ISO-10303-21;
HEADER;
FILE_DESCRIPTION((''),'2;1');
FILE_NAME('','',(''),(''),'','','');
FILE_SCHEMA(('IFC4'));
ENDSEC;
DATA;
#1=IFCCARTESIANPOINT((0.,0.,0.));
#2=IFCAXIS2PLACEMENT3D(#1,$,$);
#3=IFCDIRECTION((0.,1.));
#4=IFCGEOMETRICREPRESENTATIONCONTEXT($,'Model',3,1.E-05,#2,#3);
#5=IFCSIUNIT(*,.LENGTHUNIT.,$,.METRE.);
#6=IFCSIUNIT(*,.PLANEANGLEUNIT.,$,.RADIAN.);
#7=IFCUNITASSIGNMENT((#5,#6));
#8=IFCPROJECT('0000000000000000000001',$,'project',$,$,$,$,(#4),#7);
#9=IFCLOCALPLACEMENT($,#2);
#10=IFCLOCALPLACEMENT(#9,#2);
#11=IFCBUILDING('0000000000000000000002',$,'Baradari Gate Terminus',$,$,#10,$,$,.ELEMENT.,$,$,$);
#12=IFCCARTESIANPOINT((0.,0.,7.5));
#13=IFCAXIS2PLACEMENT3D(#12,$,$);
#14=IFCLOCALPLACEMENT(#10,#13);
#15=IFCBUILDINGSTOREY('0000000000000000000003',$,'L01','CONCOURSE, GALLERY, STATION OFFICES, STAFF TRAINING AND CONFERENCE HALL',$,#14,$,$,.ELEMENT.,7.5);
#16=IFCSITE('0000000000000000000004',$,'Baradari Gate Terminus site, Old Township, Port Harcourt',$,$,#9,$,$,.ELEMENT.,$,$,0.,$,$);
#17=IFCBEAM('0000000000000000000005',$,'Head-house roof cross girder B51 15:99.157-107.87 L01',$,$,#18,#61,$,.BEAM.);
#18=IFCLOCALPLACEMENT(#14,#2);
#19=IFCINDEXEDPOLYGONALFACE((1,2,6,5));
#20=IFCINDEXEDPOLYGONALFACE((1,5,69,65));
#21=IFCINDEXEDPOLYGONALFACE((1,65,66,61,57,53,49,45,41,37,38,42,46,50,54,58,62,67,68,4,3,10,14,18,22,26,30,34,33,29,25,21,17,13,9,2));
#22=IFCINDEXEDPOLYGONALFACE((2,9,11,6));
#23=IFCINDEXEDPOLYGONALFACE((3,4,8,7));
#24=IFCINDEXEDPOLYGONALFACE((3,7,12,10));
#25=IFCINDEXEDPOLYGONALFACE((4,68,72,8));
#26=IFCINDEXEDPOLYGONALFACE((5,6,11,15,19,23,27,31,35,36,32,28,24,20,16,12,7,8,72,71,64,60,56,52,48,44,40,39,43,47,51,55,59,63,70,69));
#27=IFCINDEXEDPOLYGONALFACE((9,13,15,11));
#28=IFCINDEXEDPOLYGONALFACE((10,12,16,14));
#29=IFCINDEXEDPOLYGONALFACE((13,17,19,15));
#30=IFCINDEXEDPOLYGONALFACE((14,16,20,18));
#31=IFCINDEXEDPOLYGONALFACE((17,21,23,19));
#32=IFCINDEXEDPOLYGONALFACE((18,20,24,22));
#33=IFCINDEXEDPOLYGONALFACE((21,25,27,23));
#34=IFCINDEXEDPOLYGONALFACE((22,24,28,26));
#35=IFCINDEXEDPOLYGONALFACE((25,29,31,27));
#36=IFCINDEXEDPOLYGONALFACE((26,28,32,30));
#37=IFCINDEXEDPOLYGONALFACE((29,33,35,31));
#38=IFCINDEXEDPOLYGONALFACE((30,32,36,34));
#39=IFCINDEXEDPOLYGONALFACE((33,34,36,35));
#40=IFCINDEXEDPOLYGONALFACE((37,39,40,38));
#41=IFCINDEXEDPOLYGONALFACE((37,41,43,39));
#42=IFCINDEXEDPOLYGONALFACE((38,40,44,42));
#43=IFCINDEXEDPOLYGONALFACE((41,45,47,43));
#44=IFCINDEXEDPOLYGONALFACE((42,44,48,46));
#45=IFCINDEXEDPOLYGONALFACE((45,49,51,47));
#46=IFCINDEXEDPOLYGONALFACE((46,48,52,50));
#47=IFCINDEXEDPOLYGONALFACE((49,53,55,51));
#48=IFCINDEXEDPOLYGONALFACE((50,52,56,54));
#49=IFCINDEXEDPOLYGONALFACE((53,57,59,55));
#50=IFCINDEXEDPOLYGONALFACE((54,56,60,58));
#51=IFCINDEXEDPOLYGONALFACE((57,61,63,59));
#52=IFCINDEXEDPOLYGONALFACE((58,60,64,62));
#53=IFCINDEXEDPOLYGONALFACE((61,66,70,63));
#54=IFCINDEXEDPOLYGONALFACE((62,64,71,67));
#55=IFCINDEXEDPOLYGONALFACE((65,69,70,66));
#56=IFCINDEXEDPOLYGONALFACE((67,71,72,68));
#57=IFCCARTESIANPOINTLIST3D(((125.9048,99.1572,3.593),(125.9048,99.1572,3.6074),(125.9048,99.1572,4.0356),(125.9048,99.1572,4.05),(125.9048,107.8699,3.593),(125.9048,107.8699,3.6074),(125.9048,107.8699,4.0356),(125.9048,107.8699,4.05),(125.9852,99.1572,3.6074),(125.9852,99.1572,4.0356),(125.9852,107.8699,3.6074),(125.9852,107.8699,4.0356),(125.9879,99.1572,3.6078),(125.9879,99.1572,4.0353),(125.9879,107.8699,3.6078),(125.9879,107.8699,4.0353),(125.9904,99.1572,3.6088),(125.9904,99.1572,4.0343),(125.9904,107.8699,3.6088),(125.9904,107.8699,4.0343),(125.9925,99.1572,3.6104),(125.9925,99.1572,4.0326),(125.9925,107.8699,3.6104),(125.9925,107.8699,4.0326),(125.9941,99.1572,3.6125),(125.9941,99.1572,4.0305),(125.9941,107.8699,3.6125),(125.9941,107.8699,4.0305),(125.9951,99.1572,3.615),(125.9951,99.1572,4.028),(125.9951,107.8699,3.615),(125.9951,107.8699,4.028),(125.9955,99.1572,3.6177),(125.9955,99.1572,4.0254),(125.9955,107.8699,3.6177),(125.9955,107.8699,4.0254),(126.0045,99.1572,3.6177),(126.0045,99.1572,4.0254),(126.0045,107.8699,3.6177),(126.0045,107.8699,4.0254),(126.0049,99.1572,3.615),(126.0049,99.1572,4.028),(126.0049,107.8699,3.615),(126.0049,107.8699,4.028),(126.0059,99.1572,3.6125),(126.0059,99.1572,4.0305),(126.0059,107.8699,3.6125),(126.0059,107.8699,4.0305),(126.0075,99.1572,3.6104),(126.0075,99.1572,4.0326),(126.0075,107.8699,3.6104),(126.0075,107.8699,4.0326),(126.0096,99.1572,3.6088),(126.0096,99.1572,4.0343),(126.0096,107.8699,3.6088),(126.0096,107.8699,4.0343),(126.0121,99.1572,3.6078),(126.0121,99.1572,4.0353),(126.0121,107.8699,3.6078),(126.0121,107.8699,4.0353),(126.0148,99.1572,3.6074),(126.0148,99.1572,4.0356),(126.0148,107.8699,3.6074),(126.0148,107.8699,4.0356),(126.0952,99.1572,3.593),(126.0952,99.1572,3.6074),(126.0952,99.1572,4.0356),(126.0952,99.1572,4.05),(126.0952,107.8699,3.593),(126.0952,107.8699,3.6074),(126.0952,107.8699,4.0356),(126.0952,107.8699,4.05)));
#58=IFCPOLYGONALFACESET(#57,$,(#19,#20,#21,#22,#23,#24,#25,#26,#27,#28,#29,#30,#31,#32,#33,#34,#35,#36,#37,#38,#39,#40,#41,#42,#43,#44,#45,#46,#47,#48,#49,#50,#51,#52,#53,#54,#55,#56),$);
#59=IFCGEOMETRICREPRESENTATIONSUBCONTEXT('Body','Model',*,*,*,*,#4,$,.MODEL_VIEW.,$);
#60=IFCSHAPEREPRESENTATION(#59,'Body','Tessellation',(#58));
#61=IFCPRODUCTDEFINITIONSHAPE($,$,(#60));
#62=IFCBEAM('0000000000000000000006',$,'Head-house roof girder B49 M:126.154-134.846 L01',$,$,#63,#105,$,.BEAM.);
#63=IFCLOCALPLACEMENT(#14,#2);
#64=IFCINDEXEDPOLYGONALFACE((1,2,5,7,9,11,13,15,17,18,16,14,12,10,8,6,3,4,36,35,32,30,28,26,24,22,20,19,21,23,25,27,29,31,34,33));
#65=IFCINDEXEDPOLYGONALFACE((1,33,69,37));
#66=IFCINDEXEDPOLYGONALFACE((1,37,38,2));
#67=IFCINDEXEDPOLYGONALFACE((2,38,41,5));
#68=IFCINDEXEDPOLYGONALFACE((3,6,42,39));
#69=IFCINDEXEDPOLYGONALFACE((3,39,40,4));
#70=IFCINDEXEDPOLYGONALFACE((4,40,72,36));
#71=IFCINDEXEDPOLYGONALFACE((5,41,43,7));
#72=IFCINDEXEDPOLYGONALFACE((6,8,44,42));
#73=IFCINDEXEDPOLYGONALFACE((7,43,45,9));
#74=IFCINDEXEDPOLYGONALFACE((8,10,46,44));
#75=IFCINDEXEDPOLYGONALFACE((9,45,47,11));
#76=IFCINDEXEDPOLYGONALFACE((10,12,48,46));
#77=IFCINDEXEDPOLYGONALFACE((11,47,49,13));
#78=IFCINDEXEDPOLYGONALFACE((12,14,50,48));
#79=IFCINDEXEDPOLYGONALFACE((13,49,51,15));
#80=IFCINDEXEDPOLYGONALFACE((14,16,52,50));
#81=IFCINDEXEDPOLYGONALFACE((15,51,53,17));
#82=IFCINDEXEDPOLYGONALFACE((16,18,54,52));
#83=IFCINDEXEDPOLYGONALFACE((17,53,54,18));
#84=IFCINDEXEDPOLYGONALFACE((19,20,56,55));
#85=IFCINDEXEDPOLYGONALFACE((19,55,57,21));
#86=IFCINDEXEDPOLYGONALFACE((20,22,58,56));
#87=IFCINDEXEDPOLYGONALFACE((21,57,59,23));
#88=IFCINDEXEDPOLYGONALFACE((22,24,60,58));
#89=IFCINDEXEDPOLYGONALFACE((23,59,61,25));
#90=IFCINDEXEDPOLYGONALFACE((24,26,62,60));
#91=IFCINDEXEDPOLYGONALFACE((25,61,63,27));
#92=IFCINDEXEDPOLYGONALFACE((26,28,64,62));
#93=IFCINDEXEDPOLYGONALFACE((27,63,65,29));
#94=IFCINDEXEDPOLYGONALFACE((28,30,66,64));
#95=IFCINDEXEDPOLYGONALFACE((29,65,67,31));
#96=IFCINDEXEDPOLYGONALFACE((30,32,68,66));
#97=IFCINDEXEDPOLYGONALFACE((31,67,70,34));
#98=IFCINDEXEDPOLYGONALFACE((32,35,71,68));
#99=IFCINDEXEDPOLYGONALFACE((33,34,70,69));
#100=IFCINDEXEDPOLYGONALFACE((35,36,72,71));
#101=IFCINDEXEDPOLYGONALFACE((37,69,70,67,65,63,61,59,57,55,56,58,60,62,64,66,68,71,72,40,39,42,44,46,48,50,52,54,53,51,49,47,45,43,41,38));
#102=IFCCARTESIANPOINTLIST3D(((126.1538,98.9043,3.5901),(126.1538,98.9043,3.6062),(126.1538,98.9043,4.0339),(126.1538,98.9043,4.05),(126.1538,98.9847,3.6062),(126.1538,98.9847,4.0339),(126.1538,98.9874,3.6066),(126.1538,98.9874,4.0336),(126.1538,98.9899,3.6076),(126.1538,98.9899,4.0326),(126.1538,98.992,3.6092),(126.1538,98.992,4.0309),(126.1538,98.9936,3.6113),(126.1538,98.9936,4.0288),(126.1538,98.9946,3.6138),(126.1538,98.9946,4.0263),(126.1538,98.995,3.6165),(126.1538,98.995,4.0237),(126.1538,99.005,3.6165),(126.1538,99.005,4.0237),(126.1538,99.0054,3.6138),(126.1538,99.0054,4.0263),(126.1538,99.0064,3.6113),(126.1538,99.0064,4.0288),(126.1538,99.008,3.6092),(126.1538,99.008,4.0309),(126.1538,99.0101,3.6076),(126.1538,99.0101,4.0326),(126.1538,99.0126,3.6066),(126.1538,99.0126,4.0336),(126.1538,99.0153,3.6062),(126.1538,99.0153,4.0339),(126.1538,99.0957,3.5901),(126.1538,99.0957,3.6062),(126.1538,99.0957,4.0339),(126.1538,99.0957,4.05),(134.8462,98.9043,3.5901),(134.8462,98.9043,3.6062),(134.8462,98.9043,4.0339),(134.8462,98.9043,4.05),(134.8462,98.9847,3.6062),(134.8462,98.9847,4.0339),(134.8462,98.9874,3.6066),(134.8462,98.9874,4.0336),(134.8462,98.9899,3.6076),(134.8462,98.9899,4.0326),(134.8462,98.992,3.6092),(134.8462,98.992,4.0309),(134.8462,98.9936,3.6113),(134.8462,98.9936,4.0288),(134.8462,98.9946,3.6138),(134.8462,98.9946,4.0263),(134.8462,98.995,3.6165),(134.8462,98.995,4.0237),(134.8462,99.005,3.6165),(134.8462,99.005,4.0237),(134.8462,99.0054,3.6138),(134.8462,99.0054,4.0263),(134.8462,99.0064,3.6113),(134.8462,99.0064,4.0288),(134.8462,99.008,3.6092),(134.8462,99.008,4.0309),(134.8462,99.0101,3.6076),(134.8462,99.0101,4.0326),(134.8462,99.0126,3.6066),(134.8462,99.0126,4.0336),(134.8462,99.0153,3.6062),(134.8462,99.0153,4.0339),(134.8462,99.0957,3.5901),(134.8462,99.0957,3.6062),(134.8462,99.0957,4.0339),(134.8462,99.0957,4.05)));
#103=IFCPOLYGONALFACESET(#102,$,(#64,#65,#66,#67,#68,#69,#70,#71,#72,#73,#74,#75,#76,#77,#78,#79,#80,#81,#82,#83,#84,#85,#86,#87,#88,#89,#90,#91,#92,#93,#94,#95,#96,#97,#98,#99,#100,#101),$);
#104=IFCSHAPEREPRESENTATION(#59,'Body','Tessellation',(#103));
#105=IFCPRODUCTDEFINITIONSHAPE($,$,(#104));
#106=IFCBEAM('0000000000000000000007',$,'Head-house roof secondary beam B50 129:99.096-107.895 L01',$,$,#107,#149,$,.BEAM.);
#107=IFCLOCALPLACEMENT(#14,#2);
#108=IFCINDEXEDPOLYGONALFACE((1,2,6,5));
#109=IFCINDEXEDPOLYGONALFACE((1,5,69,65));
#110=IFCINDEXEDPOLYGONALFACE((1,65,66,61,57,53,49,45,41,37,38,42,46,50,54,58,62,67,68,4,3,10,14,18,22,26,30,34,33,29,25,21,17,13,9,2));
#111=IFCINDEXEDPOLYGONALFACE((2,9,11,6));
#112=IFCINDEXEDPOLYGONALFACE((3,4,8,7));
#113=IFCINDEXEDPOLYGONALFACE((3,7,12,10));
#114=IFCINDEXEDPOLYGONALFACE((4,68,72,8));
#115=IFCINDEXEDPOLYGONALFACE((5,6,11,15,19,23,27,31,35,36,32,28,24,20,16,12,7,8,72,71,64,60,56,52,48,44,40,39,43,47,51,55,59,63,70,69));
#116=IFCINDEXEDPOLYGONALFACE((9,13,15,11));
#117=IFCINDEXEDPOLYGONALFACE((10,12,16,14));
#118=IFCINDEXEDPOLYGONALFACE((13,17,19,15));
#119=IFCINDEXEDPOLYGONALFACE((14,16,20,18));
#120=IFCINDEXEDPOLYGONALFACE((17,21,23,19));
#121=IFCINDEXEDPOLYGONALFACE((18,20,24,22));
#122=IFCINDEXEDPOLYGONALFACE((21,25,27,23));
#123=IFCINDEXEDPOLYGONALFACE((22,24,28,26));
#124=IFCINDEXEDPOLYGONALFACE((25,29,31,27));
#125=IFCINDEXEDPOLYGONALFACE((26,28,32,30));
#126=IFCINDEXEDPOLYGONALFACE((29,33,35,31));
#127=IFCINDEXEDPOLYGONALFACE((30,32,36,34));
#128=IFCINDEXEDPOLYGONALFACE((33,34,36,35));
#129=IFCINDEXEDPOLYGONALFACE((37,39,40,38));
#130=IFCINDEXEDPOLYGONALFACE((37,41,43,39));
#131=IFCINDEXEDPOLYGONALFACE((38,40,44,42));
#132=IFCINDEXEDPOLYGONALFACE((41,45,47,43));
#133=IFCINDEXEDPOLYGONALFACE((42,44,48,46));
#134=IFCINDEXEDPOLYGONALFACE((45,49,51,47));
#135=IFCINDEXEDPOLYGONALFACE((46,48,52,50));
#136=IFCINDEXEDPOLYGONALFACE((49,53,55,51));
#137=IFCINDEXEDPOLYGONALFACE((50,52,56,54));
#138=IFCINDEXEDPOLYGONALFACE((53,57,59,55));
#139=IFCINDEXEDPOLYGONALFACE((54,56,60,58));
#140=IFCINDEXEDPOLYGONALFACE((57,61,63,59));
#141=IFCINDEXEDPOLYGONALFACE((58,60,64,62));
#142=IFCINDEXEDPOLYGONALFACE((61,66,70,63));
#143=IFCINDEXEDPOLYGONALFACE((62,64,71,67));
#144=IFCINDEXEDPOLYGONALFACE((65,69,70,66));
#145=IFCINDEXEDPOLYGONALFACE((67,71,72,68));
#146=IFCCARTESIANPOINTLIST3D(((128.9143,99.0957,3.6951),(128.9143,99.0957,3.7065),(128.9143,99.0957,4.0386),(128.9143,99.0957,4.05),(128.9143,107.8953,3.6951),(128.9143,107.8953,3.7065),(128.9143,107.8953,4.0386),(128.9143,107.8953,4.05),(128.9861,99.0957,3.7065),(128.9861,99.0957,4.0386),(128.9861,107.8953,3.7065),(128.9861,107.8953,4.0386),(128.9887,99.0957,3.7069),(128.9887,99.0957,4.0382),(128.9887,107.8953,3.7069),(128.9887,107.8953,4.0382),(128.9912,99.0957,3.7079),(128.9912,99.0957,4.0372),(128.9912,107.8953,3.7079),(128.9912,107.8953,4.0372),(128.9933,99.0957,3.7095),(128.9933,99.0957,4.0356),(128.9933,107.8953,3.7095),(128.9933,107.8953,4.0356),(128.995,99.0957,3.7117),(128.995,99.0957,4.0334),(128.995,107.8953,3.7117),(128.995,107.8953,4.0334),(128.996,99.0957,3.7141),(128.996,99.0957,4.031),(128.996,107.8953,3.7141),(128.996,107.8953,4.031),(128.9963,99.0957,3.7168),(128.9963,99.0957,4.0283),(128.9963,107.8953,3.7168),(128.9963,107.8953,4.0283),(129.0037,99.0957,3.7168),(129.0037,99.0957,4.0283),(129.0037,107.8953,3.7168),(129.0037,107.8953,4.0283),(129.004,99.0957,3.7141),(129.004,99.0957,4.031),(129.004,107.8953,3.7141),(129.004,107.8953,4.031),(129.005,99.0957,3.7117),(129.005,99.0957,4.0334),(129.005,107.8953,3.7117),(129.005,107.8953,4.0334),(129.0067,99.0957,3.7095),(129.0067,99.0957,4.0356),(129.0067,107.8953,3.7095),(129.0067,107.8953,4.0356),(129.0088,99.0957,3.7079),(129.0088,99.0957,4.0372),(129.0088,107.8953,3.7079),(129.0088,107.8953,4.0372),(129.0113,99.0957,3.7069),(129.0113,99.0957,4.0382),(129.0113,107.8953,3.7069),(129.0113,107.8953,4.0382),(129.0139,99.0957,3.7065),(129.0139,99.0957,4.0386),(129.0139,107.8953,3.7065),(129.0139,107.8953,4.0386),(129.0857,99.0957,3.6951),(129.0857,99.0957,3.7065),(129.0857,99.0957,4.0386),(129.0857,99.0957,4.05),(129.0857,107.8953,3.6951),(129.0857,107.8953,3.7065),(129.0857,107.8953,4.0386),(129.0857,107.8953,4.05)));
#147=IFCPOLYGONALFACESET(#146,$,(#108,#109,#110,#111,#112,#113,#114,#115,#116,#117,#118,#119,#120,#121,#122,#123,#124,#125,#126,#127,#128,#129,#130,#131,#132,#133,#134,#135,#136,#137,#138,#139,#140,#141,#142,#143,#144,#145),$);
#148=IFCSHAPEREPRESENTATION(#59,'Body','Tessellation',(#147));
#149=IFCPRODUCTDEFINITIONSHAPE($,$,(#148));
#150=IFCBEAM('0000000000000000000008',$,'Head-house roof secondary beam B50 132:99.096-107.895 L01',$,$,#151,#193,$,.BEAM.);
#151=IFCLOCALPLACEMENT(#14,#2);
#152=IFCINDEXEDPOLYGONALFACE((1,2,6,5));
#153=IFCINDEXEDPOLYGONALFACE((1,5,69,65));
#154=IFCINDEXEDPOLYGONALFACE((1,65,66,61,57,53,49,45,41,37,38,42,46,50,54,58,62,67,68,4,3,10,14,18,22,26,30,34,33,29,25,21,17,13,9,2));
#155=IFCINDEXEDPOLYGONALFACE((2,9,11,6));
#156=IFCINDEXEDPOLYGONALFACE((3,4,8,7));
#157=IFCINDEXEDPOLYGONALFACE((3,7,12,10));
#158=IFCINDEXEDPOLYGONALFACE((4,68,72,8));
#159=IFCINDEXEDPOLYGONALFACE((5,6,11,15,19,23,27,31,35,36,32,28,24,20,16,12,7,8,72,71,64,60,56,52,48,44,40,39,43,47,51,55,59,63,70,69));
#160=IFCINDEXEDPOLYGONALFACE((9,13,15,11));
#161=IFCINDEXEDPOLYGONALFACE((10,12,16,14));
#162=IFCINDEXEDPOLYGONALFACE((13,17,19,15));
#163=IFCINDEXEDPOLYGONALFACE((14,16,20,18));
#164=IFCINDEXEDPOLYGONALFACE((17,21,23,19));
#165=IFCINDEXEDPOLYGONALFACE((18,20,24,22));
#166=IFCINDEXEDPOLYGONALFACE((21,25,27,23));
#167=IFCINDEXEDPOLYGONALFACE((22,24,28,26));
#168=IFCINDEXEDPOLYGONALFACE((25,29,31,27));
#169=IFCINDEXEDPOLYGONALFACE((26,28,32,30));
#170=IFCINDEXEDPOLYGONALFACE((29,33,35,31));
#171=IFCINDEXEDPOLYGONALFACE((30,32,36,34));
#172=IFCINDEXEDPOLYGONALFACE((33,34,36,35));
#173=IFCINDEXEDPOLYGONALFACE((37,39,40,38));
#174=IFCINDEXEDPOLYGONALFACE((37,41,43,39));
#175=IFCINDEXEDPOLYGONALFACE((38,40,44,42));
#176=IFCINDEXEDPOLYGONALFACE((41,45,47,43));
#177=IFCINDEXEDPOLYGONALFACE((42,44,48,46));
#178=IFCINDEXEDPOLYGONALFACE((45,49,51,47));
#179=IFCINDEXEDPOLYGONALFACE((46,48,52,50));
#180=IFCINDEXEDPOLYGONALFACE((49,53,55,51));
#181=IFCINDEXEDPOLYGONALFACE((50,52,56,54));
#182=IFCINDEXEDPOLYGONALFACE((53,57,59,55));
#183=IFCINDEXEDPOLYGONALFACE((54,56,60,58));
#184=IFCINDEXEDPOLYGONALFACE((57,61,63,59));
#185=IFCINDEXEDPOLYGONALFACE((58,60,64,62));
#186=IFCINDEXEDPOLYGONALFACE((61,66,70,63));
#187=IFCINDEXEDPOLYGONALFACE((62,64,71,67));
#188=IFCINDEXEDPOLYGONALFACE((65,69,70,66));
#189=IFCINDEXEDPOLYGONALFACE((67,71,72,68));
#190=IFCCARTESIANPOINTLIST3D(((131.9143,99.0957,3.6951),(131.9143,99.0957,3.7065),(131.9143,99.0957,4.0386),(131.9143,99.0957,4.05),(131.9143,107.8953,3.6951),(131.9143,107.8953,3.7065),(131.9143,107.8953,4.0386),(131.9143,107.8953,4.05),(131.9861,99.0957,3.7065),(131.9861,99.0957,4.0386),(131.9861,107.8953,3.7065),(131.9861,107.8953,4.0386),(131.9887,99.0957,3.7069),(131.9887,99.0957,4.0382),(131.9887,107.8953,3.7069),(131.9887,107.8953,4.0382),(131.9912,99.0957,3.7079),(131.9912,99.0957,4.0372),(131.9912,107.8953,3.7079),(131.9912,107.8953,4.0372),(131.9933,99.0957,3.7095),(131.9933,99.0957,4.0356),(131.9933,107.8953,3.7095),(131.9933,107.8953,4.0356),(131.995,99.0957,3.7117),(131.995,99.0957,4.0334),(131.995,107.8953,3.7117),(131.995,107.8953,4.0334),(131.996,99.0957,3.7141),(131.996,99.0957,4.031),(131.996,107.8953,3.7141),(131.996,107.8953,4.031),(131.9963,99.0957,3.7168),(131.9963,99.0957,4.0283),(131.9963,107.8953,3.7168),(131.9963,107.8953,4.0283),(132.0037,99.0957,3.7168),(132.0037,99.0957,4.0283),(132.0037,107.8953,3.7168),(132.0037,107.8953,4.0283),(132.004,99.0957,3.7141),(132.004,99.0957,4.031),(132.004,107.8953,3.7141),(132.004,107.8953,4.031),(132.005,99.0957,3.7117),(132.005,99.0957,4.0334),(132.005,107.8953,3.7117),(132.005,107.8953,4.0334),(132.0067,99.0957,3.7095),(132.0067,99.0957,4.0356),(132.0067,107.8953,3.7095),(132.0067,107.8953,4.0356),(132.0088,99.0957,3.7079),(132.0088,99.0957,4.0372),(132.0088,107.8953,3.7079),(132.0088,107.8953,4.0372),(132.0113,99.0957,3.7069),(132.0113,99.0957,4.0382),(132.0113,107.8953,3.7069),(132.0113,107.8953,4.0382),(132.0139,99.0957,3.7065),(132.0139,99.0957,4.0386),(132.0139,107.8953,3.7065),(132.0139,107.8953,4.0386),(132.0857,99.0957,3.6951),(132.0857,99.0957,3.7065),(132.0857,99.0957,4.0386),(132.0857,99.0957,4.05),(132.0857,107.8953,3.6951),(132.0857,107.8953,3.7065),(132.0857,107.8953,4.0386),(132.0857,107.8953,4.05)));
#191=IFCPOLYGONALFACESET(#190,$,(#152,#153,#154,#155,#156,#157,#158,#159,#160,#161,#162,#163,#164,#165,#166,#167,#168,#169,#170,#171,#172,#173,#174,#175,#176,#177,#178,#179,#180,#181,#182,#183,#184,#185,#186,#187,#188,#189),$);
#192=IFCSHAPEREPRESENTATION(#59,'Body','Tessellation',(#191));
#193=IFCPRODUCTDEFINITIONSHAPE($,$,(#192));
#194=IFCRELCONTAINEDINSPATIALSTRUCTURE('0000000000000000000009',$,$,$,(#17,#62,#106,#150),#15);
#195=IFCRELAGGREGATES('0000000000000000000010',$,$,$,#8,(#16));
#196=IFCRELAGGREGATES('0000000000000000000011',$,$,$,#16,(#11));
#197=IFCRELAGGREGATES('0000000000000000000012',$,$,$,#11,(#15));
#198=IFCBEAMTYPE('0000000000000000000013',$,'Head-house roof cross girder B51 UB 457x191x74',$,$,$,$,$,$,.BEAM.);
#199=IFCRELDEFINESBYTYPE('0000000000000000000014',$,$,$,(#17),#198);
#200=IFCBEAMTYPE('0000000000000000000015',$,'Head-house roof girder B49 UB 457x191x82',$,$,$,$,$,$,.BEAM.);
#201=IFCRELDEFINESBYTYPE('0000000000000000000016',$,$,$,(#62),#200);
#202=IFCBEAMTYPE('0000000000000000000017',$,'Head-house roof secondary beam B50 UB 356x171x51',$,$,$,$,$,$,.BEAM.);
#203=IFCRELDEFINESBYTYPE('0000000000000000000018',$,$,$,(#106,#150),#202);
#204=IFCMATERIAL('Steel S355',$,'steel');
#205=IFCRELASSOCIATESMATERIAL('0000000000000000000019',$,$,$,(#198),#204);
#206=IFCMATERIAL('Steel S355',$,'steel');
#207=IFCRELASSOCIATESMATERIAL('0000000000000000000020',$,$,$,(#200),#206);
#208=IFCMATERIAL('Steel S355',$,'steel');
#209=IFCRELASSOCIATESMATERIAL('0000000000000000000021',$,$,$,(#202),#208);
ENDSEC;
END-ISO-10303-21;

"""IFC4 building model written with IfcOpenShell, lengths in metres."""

from ifc_helpers import new_model, si_unit, direction, frame, origin, origin_2d, place, context, subcontext, project, spatial, i_section, extrude, material, material_profile, profile_set, type_object, element, save


model = new_model("IFC4")

# Units and contexts
model_context = context("Model", 3, precision=1e-05, world=origin(), true_north=direction((0.0, 1.0)))
body_context = subcontext(model_context, "Body", "Model", "MODEL_VIEW")
ifc_project = project(units=[si_unit("LENGTHUNIT", "METRE"), si_unit("PLANEANGLEUNIT", "RADIAN")], contexts=[model_context])

# Site, building, storey
site_placement = place(None, origin())
site = spatial("IfcSite", under=ifc_project, at=site_placement, Name="Baradari Gate Terminus site, Old Township, Port Harcourt", CompositionType="ELEMENT", RefElevation=0.0)
building_placement = place(site_placement, origin())
building = spatial("IfcBuilding", under=site, at=building_placement, Name="Baradari Gate Terminus", CompositionType="ELEMENT")
storey_placement = place(building_placement, frame((0.0, 0.0, 7.5)))
storey = spatial("IfcBuildingStorey", under=building, at=storey_placement, Name="L01", Description="CONCOURSE, GALLERY, STATION OFFICES, STAFF TRAINING AND CONFERENCE HALL", CompositionType="ELEMENT", Elevation=7.5)

# Beams
ifc_material_1 = material(Name="Steel S355", Category="steel")
ifc_material_profile_1 = material_profile(ifc_material_1, i_section(OverallWidth=0.1904, OverallDepth=0.457, WebThickness=0.009, FlangeThickness=0.0144, FilletRadius=0.0103, at=origin_2d()), Name="UB 457x191x74")
ifc_profile_set_1 = profile_set([ifc_material_profile_1], Name="Steel S355")
beam_type_1 = type_object("IfcBeamType", Name="Head-house roof cross girder B51 UB 457x191x74", PredefinedType="BEAM", material=ifc_profile_set_1)
beam_1_placement = place(storey_placement, frame((126.0, 99.1572, 3.8215), z_axis=(0.0, 1.0, 0.0), x_axis=(-1.0, 0.0, 0.0)))
element("IfcBeam", 1, at=beam_1_placement, inside=storey, type_object=beam_type_1, Name="Head-house roof cross girder B51 15:99.157-107.87 L01", PredefinedType="BEAM", context=body_context, shape_type="SweptSolid", body=[
    extrude(i_section(OverallWidth=0.1904, OverallDepth=0.457, WebThickness=0.009, FlangeThickness=0.0144, FilletRadius=0.0103, at=origin_2d()), origin(), (0.0, 0.0, 1.0), 8.7126),
])
ifc_material_2 = material(Name="Steel S355", Category="steel")
ifc_material_profile_2 = material_profile(ifc_material_2, i_section(OverallWidth=0.1914, OverallDepth=0.46, WebThickness=0.01, FlangeThickness=0.0161, FilletRadius=0.0103, at=origin_2d()), Name="UB 457x191x82")
ifc_profile_set_2 = profile_set([ifc_material_profile_2], Name="Steel S355")
beam_type_2 = type_object("IfcBeamType", Name="Head-house roof girder B49 UB 457x191x82", PredefinedType="BEAM", material=ifc_profile_set_2)
beam_2_placement = place(storey_placement, frame((126.1538, 99.0, 3.8201), z_axis=(1.0, 0.0, 0.0), x_axis=(0.0, 1.0, 0.0)))
element("IfcBeam", 2, at=beam_2_placement, inside=storey, type_object=beam_type_2, Name="Head-house roof girder B49 M:126.154-134.846 L01", PredefinedType="BEAM", context=body_context, shape_type="SweptSolid", body=[
    extrude(i_section(OverallWidth=0.1914, OverallDepth=0.46, WebThickness=0.01, FlangeThickness=0.0161, FilletRadius=0.0103, at=origin_2d()), origin(), (0.0, 0.0, 1.0), 8.6924),
])
ifc_material_3 = material(Name="Steel S355", Category="steel")
ifc_material_profile_3 = material_profile(ifc_material_3, i_section(OverallWidth=0.1714, OverallDepth=0.355, WebThickness=0.0073, FlangeThickness=0.0115, FilletRadius=0.0103, at=origin_2d()), Name="UB 356x171x51")
ifc_profile_set_3 = profile_set([ifc_material_profile_3], Name="Steel S355")
beam_type_3 = type_object("IfcBeamType", Name="Head-house roof secondary beam B50 UB 356x171x51", PredefinedType="BEAM", material=ifc_profile_set_3)
for number, where, z_axis, x_axis, name in (
    (3, (129.0, 99.0957, 3.8726), (0.0, 1.0, 0.0), (-1.0, 0.0, 0.0), "Head-house roof secondary beam B50 129:99.096-107.895 L01"),
    (4, (132.0, 99.0957, 3.8726), (0.0, 1.0, 0.0), (-1.0, 0.0, 0.0), "Head-house roof secondary beam B50 132:99.096-107.895 L01"),
):
    element("IfcBeam", number, at=place(storey_placement, frame(where, z_axis=z_axis, x_axis=x_axis)), inside=storey, type_object=beam_type_3, Name=name, PredefinedType="BEAM", context=body_context, shape_type="SweptSolid", body=[
        extrude(i_section(OverallWidth=0.1714, OverallDepth=0.355, WebThickness=0.0073, FlangeThickness=0.0115, FilletRadius=0.0103, at=origin_2d()), origin(), (0.0, 0.0, 1.0), 8.7996),
    ])

save(model, "model.ifc")
